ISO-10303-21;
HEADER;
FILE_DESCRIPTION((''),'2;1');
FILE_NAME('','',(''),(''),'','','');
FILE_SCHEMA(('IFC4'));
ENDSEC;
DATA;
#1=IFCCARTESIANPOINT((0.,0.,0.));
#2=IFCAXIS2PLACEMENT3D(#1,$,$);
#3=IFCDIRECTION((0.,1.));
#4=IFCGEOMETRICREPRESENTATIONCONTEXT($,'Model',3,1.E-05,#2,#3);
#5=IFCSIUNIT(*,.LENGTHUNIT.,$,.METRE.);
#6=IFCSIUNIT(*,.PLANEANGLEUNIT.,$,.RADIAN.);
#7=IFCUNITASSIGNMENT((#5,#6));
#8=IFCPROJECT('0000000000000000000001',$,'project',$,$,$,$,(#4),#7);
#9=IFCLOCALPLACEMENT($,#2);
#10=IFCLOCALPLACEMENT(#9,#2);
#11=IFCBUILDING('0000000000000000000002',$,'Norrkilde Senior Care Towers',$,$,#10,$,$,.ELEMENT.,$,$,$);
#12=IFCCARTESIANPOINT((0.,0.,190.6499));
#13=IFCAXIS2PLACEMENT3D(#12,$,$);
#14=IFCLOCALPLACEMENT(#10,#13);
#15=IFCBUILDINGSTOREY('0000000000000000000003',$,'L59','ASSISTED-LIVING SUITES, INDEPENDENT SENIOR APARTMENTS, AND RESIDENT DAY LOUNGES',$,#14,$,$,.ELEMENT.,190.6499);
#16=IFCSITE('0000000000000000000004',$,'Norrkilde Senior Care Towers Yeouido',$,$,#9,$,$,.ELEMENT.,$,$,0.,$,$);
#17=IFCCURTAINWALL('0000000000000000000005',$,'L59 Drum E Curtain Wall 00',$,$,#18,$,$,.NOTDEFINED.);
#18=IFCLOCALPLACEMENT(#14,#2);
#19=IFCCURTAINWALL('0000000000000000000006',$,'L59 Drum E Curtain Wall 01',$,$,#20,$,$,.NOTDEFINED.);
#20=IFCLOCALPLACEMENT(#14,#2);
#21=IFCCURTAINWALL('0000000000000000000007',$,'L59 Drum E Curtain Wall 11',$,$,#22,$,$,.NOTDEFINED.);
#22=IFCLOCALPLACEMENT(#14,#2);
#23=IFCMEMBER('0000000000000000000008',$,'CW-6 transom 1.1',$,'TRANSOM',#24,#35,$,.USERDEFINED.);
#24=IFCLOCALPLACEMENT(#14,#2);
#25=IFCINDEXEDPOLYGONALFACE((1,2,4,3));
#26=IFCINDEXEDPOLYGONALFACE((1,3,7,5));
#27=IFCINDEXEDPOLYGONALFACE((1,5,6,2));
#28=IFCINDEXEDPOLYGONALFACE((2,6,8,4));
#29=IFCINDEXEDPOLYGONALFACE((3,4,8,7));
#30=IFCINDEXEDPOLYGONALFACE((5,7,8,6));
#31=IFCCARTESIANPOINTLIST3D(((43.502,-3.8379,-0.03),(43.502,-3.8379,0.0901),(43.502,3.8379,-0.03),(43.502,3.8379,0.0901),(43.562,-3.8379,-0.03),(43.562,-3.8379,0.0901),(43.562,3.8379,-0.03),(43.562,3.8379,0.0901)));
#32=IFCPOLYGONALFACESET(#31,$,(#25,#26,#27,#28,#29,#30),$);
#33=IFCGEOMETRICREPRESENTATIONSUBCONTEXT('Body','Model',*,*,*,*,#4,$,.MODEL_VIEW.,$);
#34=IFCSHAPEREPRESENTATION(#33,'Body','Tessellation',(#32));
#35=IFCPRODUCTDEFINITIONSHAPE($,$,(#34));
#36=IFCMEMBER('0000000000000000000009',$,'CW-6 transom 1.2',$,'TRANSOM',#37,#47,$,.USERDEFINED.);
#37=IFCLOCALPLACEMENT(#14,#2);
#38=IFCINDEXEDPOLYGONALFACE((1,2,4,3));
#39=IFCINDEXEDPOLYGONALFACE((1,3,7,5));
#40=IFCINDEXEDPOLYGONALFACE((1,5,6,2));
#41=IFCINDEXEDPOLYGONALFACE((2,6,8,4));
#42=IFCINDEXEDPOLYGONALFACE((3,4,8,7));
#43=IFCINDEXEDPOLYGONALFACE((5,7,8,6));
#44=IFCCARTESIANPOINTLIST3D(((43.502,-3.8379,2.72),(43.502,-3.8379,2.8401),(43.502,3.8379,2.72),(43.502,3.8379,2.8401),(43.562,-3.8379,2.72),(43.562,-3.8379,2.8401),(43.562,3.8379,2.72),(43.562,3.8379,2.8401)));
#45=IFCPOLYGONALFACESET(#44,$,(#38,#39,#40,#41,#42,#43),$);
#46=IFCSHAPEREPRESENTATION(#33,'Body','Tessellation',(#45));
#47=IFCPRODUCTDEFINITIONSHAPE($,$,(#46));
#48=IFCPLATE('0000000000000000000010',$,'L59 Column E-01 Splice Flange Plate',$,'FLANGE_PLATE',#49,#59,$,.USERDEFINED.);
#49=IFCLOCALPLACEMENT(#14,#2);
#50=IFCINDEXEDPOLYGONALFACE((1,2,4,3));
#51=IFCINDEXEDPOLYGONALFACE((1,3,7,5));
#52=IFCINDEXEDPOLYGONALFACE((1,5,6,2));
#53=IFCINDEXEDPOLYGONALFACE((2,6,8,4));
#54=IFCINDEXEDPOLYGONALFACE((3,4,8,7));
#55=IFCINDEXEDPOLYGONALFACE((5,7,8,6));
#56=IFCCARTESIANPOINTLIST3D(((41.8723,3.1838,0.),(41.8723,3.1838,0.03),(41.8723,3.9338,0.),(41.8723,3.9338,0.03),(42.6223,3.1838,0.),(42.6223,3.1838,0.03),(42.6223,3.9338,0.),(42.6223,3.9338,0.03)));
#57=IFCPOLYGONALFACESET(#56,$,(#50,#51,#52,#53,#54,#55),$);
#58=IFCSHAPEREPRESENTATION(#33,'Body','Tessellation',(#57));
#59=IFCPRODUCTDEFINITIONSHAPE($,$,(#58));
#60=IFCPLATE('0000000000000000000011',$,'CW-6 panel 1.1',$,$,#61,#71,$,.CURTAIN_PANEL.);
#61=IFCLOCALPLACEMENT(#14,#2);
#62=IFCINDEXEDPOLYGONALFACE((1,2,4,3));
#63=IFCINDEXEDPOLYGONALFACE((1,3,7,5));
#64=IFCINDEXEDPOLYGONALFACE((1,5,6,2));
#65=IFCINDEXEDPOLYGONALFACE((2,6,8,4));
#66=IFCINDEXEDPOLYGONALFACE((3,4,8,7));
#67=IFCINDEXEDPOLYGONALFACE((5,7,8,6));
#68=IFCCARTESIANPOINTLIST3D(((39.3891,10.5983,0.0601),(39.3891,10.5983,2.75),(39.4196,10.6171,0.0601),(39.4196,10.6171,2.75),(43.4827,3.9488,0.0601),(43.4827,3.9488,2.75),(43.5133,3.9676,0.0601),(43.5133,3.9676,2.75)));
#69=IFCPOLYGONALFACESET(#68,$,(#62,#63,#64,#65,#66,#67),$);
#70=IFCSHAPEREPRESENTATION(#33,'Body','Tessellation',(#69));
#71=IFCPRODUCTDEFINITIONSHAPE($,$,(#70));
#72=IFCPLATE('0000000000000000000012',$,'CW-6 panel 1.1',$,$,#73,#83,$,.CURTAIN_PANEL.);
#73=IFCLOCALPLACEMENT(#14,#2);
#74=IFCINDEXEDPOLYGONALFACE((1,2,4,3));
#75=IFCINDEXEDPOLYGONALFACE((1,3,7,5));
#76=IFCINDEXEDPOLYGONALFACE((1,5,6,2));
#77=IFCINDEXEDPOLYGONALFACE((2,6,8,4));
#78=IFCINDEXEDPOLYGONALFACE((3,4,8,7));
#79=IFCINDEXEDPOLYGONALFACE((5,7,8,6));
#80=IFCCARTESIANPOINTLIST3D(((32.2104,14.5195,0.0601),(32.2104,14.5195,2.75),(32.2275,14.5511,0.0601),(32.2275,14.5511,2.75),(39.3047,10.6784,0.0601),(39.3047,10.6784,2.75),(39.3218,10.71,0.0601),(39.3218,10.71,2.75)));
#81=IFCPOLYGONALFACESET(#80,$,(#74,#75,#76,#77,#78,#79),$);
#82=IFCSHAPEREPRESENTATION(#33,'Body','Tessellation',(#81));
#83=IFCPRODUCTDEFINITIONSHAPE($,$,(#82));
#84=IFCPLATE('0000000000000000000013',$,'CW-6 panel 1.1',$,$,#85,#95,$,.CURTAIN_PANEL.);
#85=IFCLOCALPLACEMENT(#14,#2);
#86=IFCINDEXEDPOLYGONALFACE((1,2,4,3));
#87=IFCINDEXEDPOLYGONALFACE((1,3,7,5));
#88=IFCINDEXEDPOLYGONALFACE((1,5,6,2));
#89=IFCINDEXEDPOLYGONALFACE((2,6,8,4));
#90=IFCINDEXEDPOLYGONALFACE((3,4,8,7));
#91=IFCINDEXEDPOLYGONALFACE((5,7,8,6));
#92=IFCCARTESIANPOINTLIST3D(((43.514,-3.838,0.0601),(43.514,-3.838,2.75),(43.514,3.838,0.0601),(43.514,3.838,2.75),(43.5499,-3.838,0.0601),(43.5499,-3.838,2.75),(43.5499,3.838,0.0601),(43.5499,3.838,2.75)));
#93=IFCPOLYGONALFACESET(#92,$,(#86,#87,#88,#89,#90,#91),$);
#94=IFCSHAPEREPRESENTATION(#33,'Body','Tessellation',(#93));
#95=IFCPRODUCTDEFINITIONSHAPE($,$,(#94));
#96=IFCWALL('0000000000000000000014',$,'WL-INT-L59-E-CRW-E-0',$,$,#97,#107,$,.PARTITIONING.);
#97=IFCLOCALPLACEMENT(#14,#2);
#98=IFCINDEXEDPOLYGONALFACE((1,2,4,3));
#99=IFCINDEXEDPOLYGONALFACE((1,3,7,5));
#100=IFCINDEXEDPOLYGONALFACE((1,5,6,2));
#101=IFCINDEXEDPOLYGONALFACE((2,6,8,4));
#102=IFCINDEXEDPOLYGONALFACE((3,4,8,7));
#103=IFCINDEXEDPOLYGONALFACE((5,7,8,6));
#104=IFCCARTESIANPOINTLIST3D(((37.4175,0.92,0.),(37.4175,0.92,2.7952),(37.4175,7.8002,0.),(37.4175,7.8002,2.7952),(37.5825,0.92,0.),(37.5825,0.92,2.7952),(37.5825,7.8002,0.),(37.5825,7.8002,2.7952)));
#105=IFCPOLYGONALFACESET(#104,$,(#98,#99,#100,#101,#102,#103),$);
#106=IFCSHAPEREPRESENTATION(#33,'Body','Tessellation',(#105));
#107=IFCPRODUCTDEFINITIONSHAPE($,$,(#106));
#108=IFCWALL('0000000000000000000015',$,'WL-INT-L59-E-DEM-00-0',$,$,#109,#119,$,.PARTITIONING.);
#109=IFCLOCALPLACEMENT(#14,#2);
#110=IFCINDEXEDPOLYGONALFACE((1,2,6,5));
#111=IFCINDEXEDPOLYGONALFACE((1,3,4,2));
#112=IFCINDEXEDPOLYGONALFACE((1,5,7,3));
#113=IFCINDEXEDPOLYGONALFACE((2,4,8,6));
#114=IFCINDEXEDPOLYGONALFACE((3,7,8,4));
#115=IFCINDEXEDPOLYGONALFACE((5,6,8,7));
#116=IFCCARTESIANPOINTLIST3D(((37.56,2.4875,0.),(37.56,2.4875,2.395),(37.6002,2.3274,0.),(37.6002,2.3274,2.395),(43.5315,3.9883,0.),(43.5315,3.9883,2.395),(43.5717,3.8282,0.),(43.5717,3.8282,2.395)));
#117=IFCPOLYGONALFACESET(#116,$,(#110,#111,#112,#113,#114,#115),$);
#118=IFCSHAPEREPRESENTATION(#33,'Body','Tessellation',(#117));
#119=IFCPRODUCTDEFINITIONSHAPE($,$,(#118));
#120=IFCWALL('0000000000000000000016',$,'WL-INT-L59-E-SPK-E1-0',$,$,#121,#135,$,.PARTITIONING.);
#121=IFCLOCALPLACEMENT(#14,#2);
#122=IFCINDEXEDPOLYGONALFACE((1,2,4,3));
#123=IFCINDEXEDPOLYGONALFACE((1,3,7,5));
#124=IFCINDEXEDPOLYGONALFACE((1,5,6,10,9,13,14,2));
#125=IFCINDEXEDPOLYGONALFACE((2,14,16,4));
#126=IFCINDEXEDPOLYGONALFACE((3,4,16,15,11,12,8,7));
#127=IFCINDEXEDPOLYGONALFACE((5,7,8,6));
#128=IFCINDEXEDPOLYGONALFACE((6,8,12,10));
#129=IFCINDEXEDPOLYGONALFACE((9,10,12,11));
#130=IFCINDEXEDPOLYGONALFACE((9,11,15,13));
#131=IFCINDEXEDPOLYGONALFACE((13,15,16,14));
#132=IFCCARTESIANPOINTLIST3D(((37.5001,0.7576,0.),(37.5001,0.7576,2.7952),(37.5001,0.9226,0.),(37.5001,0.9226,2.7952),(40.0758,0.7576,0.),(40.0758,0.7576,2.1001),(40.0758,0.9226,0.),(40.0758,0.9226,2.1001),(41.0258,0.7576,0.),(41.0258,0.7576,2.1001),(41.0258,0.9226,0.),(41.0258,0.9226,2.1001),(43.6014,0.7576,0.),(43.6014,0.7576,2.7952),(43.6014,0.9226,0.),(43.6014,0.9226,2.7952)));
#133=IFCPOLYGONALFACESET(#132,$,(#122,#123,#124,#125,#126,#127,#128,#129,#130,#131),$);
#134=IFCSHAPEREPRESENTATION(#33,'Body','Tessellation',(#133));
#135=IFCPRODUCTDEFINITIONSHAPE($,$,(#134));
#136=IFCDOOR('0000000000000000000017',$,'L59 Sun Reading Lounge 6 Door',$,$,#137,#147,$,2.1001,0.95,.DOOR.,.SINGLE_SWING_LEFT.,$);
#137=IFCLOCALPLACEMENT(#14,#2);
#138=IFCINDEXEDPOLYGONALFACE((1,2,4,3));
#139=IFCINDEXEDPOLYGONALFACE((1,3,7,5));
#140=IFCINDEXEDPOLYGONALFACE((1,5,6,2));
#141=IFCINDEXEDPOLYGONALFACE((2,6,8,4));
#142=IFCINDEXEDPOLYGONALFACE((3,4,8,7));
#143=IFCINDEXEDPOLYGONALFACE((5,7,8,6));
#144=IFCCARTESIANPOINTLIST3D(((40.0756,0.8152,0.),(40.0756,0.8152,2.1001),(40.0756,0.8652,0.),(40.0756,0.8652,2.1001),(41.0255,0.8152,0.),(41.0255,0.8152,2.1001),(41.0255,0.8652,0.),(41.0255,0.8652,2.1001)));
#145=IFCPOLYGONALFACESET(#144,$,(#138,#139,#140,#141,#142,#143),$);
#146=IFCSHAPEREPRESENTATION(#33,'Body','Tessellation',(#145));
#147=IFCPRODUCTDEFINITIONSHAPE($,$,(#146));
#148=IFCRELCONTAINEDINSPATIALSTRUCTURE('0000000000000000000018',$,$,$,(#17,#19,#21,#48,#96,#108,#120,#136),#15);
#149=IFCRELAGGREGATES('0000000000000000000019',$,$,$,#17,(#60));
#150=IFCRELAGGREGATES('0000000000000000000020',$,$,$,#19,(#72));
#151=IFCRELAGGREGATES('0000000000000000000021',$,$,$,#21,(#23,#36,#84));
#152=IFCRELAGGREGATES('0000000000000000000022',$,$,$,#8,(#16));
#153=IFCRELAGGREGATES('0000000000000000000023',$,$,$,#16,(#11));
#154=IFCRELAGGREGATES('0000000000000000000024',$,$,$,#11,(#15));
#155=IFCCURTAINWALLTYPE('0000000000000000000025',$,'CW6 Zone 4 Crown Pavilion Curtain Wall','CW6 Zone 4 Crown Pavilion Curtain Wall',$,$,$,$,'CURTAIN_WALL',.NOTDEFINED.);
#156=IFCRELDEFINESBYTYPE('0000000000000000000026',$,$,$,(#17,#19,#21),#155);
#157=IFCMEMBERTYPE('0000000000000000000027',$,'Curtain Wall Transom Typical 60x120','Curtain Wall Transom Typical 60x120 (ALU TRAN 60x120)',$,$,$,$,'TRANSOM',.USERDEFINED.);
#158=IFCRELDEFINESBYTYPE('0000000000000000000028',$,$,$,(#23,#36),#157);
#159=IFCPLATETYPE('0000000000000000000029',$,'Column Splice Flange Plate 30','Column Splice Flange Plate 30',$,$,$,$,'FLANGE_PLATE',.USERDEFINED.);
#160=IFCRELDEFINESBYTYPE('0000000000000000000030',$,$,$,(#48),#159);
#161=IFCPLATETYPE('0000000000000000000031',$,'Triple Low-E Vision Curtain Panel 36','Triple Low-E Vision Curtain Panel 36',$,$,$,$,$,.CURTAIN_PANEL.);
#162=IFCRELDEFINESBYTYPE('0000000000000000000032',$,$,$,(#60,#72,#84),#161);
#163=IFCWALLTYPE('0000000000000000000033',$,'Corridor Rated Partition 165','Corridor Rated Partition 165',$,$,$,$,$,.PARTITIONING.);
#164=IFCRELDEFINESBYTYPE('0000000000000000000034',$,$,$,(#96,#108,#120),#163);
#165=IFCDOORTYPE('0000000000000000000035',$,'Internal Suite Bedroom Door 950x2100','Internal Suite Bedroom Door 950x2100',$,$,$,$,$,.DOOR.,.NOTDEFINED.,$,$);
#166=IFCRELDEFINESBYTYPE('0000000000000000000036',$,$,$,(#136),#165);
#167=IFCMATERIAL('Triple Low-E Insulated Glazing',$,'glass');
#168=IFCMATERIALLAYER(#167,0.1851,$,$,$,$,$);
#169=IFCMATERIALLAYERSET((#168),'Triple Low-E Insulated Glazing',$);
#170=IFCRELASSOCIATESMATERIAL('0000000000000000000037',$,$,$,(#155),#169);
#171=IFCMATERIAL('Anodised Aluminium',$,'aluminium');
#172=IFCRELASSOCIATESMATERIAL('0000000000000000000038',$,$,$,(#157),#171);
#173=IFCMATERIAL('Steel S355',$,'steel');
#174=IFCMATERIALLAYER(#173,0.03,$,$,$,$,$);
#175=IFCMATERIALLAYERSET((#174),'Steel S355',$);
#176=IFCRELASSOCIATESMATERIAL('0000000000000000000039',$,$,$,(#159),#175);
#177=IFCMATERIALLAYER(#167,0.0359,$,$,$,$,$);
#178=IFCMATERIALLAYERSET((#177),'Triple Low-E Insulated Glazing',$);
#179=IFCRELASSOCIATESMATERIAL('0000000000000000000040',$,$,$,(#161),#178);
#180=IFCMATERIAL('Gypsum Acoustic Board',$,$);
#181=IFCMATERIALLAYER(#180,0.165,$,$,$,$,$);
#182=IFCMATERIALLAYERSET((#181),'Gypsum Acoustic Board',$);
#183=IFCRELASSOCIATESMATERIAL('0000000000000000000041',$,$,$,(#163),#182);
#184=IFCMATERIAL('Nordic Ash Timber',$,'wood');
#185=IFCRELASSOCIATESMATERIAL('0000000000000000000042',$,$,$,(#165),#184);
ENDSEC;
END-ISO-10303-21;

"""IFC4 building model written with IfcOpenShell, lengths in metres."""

from ifc_helpers import new_model, si_unit, direction, frame, frame_2d, origin, origin_2d, place, context, subcontext, project, spatial, rectangle, extrude, source, transform, mapped, material, layer, layer_set, material_profile, profile_set, type_object, type_shapes, element, fill, aggregate, save


model = new_model("IFC4")

# Units and contexts
model_context = context("Model", 3, precision=1e-05, world=origin(), true_north=direction((0.0, 1.0)))
body_context = subcontext(model_context, "Body", "Model", "MODEL_VIEW")
ifc_project = project(units=[si_unit("LENGTHUNIT", "METRE"), si_unit("PLANEANGLEUNIT", "RADIAN")], contexts=[model_context])

# Site, building, storey
site_placement = place(None, origin())
site = spatial("IfcSite", under=ifc_project, at=site_placement, Name="Norrkilde Senior Care Towers Yeouido", CompositionType="ELEMENT", RefElevation=0.0)
building_placement = place(site_placement, origin())
building = spatial("IfcBuilding", under=site, at=building_placement, Name="Norrkilde Senior Care Towers", CompositionType="ELEMENT")
storey_placement = place(building_placement, frame((0.0, 0.0, 190.6499)))
storey = spatial("IfcBuildingStorey", under=building, at=storey_placement, Name="L59", Description="ASSISTED-LIVING SUITES, INDEPENDENT SENIOR APARTMENTS, AND RESIDENT DAY LOUNGES", CompositionType="ELEMENT", Elevation=190.6499)

# Shared definitions
ifc_material_1 = material(Name="Steel S355", Category="steel")

# Curtain walls
ifc_material_2 = material(Name="Triple Low-E Insulated Glazing", Category="glass")
ifc_layer_1 = layer(ifc_material_2, 0.1851)
ifc_layer_set_1 = layer_set([ifc_layer_1], Name="Triple Low-E Insulated Glazing")
curtain_wall_type = type_object("IfcCurtainWallType", Name="CW6 Zone 4 Crown Pavilion Curtain Wall", Description="CW6 Zone 4 Crown Pavilion Curtain Wall", ElementType="CURTAIN_WALL", PredefinedType="NOTDEFINED", material=ifc_layer_set_1)
curtain_wall_1_placement = place(storey_placement, origin())
curtain_wall_1 = element("IfcCurtainWall", 1, at=curtain_wall_1_placement, inside=storey, type_object=curtain_wall_type, Name="L59 Drum E Curtain Wall 00", PredefinedType="NOTDEFINED")
ifc_material_3 = material(Name="Anodised Aluminium", Category="aluminium")
curtain_wall_2_placement = place(storey_placement, origin())
curtain_wall_2 = element("IfcCurtainWall", 2, at=curtain_wall_2_placement, inside=storey, type_object=curtain_wall_type, Name="L59 Drum E Curtain Wall 01", PredefinedType="NOTDEFINED")

# Curtain wall
curtain_wall_3_placement = place(storey_placement, origin())
curtain_wall_3 = element("IfcCurtainWall", 3, at=curtain_wall_3_placement, inside=storey, type_object=curtain_wall_type, Name="L59 Drum E Curtain Wall 11", PredefinedType="NOTDEFINED")

# Members
ifc_material_profile_1 = material_profile(ifc_material_3, rectangle(XDim=0.0601, YDim=0.1201, at=origin_2d()), Name="ALU TRAN 60x120")
ifc_profile_set_1 = profile_set([ifc_material_profile_1], Name="Anodised Aluminium")
member_type_1 = type_object("IfcMemberType", Name="Curtain Wall Transom Typical 60x120", Description="Curtain Wall Transom Typical 60x120 (ALU TRAN 60x120)", ElementType="TRANSOM", PredefinedType="USERDEFINED", material=ifc_profile_set_1)
shared_shape_1 = source(origin(), body_context, "Body", "SweptSolid", [
    extrude(rectangle(XDim=0.0601, YDim=0.1201, at=origin_2d()), origin(), (0.0, 0.0, 1.0), 7.6758),
])
member_1_placement = place(storey_placement, frame((43.532, 3.8379, 0.03), z_axis=(0.0, -1.0, 0.0), x_axis=(1.0, 0.0, 0.0)))
member_1 = element("IfcMember", 4, at=member_1_placement, type_object=member_type_1, Name="CW-6 transom 1.1", ObjectType="TRANSOM", PredefinedType="USERDEFINED", context=body_context, shape_type="MappedRepresentation", body=[
    mapped(shared_shape_1, transform((0.0, 0.0, 0.0), x_axis=(1.0, 0.0, 0.0), y_axis=(0.0, 1.0, 0.0), z_axis=(0.0, 0.0, 1.0), scale=1.0)),
])
member_2_placement = place(storey_placement, frame((43.532, 3.8379, 2.78), z_axis=(0.0, -1.0, 0.0), x_axis=(1.0, 0.0, 0.0)))
member_2 = element("IfcMember", 5, at=member_2_placement, type_object=member_type_1, Name="CW-6 transom 1.2", ObjectType="TRANSOM", PredefinedType="USERDEFINED", context=body_context, shape_type="MappedRepresentation", body=[
    mapped(shared_shape_1, transform((0.0, 0.0, 0.0), x_axis=(1.0, 0.0, 0.0), y_axis=(0.0, 1.0, 0.0), z_axis=(0.0, 0.0, 1.0), scale=1.0)),
])

# Plates
ifc_layer_2 = layer(ifc_material_1, 0.03)
ifc_layer_set_2 = layer_set([ifc_layer_2], Name="Steel S355")
plate_type_1 = type_object("IfcPlateType", Name="Column Splice Flange Plate 30", Description="Column Splice Flange Plate 30", ElementType="FLANGE_PLATE", PredefinedType="USERDEFINED", material=ifc_layer_set_2)
shared_shape_2 = source(origin(), body_context, "Body", "SweptSolid", [
    extrude(rectangle(XDim=0.75, YDim=0.75, at=origin_2d()), origin(), (0.0, 0.0, 1.0), 0.03),
])
type_shapes(plate_type_1, [shared_shape_2])
plate_1_placement = place(storey_placement, frame((42.2473, 3.5588, 0.0), z_axis=(0.0, 0.0, 1.0), x_axis=(1.0, 0.0, 0.0)))
element("IfcPlate", 6, at=plate_1_placement, inside=storey, type_object=plate_type_1, Name="L59 Column E-01 Splice Flange Plate", ObjectType="FLANGE_PLATE", PredefinedType="USERDEFINED", context=body_context, shape_type="MappedRepresentation", body=[
    mapped(shared_shape_2, transform((0.0, 0.0, 0.0), x_axis=(1.0, 0.0, 0.0), y_axis=(0.0, 1.0, 0.0), z_axis=(0.0, 0.0, 1.0), scale=1.0)),
])
ifc_layer_3 = layer(ifc_material_2, 0.0359)
ifc_layer_set_3 = layer_set([ifc_layer_3], Name="Triple Low-E Insulated Glazing")
plate_type_2 = type_object("IfcPlateType", Name="Triple Low-E Vision Curtain Panel 36", Description="Triple Low-E Vision Curtain Panel 36", PredefinedType="CURTAIN_PANEL", material=ifc_layer_set_3)
shared_shape_3 = source(origin(), body_context, "Body", "SweptSolid", [
    extrude(rectangle(XDim=7.8086, YDim=0.0359, at=origin_2d()), origin(), (0.0, 0.0, 1.0), 2.6899),
])
plate_2_placement = place(storey_placement, frame((41.4512, 7.283, 0.0601), z_axis=(0.0, 0.0, 1.0), x_axis=(0.524253, -0.851563, 0.0)))
plate_2 = element("IfcPlate", 7, at=plate_2_placement, type_object=plate_type_2, Name="CW-6 panel 1.1", PredefinedType="CURTAIN_PANEL", context=body_context, shape_type="MappedRepresentation", body=[
    mapped(shared_shape_3, transform((0.0, 0.0, 0.0), x_axis=(1.0, 0.0, 0.0), y_axis=(0.0, 1.0, 0.0), z_axis=(0.0, 0.0, 1.0), scale=1.0)),
])
aggregate(curtain_wall_1, [plate_2])
shared_shape_4 = source(origin(), body_context, "Body", "SweptSolid", [
    extrude(rectangle(XDim=8.0674, YDim=0.0359, at=origin_2d()), origin(), (0.0, 0.0, 1.0), 2.6899),
])
plate_3_placement = place(storey_placement, frame((35.7661, 12.6147, 0.0601), z_axis=(0.0, 0.0, 1.0), x_axis=(0.879373, -0.476133, 0.0)))
plate_3 = element("IfcPlate", 8, at=plate_3_placement, type_object=plate_type_2, Name="CW-6 panel 1.1", PredefinedType="CURTAIN_PANEL", context=body_context, shape_type="MappedRepresentation", body=[
    mapped(shared_shape_4, transform((0.0, 0.0, 0.0), x_axis=(1.0, 0.0, 0.0), y_axis=(0.0, 1.0, 0.0), z_axis=(0.0, 0.0, 1.0), scale=1.0)),
])
aggregate(curtain_wall_2, [plate_3])
shared_shape_5 = source(origin(), body_context, "Body", "SweptSolid", [
    extrude(rectangle(XDim=7.676, YDim=0.0359, at=origin_2d()), origin(), (0.0, 0.0, 1.0), 2.6899),
])
type_shapes(plate_type_2, [shared_shape_3, shared_shape_4, shared_shape_5])
plate_4_placement = place(storey_placement, frame((43.532, 0.0, 0.0601), z_axis=(0.0, 0.0, 1.0), x_axis=(0.0, -1.0, 0.0)))
plate_4 = element("IfcPlate", 9, at=plate_4_placement, type_object=plate_type_2, Name="CW-6 panel 1.1", PredefinedType="CURTAIN_PANEL", context=body_context, shape_type="MappedRepresentation", body=[
    mapped(shared_shape_5, transform((0.0, 0.0, 0.0), x_axis=(1.0, 0.0, 0.0), y_axis=(0.0, 1.0, 0.0), z_axis=(0.0, 0.0, 1.0), scale=1.0)),
])
aggregate(curtain_wall_3, [member_1, member_2, plate_4])

# Walls
ifc_material_4 = material(Name="Gypsum Acoustic Board")
ifc_layer_4 = layer(ifc_material_4, 0.165)
ifc_layer_set_4 = layer_set([ifc_layer_4], Name="Gypsum Acoustic Board")
wall_type_1 = type_object("IfcWallType", Name="Corridor Rated Partition 165", Description="Corridor Rated Partition 165", PredefinedType="PARTITIONING", material=ifc_layer_set_4)
shared_shape_6 = source(origin(), body_context, "Body", "SweptSolid", [
    extrude(rectangle(XDim=6.8801, YDim=0.165, at=frame_2d((3.4399, 0.0))), origin(), (0.0, 0.0, 1.0), 2.7952),
])
wall_1_placement = place(storey_placement, frame((37.5, 7.8, 0.0), z_axis=(0.0, 0.0, 1.0), x_axis=(0.0, -1.0, 0.0)))
element("IfcWall", 10, at=wall_1_placement, inside=storey, type_object=wall_type_1, Name="WL-INT-L59-E-CRW-E-0", PredefinedType="PARTITIONING", context=body_context, shape_type="MappedRepresentation", body=[
    mapped(shared_shape_6, transform((0.0, 0.0, 0.0), x_axis=(1.0, 0.0, 0.0), y_axis=(0.0, 1.0, 0.0), z_axis=(0.0, 0.0, 1.0), scale=1.0)),
])
shared_shape_7 = source(origin(), body_context, "Body", "SweptSolid", [
    extrude(rectangle(XDim=6.1572, YDim=0.165, at=frame_2d((3.0786, 0.0))), origin(), (0.0, 0.0, 1.0), 2.395),
])
wall_2_placement = place(storey_placement, frame((37.5801, 2.4075, 0.0), z_axis=(0.0, 0.0, 1.0), x_axis=(0.969841, 0.243739, 0.0)))
element("IfcWall", 11, at=wall_2_placement, inside=storey, type_object=wall_type_1, Name="WL-INT-L59-E-DEM-00-0", PredefinedType="PARTITIONING", context=body_context, shape_type="MappedRepresentation", body=[
    mapped(shared_shape_7, transform((0.0, 0.0, 0.0), x_axis=(1.0, 0.0, 0.0), y_axis=(0.0, 1.0, 0.0), z_axis=(0.0, 0.0, 1.0), scale=1.0)),
])

# Wall, opening, door
shared_shape_8 = source(origin(), body_context, "Body", "SweptSolid", [
    extrude(rectangle(XDim=6.1013, YDim=0.165, at=frame_2d((3.0508, 0.0))), origin(), (0.0, 0.0, 1.0), 2.7952),
])
type_shapes(wall_type_1, [shared_shape_6, shared_shape_7, shared_shape_8])
wall_3_placement = place(storey_placement, frame((37.5, 0.8401, 0.0), z_axis=(0.0, 0.0, 1.0), x_axis=(1.0, 0.0, 0.0)))
wall_3 = element("IfcWall", 12, at=wall_3_placement, inside=storey, type_object=wall_type_1, Name="WL-INT-L59-E-SPK-E1-0", PredefinedType="PARTITIONING", context=body_context, shape_type="MappedRepresentation", body=[
    mapped(shared_shape_8, transform((0.0, 0.0, 0.0), x_axis=(1.0, 0.0, 0.0), y_axis=(0.0, 1.0, 0.0), z_axis=(0.0, 0.0, 1.0), scale=1.0)),
])
opening_1_placement = place(wall_3_placement, frame((2.5757, 0.0, 0.0)))
opening_1 = element("IfcOpeningElement", 13, at=opening_1_placement, cuts=wall_3, PredefinedType="OPENING", context=body_context, shape_type="SweptSolid", body=[
    extrude(rectangle(XDim=0.95, YDim=2.1001, at=frame_2d((0.4751, 1.05))), frame((0.0, 0.0925, 0.0), z_axis=(0.0, -1.0, 0.0), x_axis=(1.0, 0.0, 0.0)), (0.0, 0.0, 1.0), 0.1851),
])
ifc_material_5 = material(Name="Nordic Ash Timber", Category="wood")
door_type_1 = type_object("IfcDoorType", Name="Internal Suite Bedroom Door 950x2100", Description="Internal Suite Bedroom Door 950x2100", OperationType="NOTDEFINED", PredefinedType="DOOR", material=ifc_material_5)
shared_shape_9 = source(origin(), body_context, "Body", "SweptSolid", [
    extrude(rectangle(XDim=0.95, YDim=2.1001, at=frame_2d((0.4751, 1.05))), frame((0.0, 0.0249, 0.0), z_axis=(0.0, -1.0, 0.0), x_axis=(1.0, 0.0, 0.0)), (0.0, 0.0, 1.0), 0.05),
])
type_shapes(door_type_1, [shared_shape_9])
door_1_placement = place(opening_1_placement, frame((0.95, 0.0, 0.0), z_axis=(0.0, 0.0, 1.0), x_axis=(-1.0, 0.0, 0.0)))
door_1 = element("IfcDoor", 14, at=door_1_placement, inside=storey, type_object=door_type_1, Name="L59 Sun Reading Lounge 6 Door", OperationType="SINGLE_SWING_LEFT", OverallHeight=2.1001, OverallWidth=0.95, PredefinedType="DOOR", context=body_context, shape_type="MappedRepresentation", body=[
    mapped(shared_shape_9, transform((0.0, 0.0, 0.0), x_axis=(1.0, 0.0, 0.0), y_axis=(0.0, 1.0, 0.0), z_axis=(0.0, 0.0, 1.0), scale=1.0)),
])
fill(opening_1, door_1)

save(model, "model.ifc")
